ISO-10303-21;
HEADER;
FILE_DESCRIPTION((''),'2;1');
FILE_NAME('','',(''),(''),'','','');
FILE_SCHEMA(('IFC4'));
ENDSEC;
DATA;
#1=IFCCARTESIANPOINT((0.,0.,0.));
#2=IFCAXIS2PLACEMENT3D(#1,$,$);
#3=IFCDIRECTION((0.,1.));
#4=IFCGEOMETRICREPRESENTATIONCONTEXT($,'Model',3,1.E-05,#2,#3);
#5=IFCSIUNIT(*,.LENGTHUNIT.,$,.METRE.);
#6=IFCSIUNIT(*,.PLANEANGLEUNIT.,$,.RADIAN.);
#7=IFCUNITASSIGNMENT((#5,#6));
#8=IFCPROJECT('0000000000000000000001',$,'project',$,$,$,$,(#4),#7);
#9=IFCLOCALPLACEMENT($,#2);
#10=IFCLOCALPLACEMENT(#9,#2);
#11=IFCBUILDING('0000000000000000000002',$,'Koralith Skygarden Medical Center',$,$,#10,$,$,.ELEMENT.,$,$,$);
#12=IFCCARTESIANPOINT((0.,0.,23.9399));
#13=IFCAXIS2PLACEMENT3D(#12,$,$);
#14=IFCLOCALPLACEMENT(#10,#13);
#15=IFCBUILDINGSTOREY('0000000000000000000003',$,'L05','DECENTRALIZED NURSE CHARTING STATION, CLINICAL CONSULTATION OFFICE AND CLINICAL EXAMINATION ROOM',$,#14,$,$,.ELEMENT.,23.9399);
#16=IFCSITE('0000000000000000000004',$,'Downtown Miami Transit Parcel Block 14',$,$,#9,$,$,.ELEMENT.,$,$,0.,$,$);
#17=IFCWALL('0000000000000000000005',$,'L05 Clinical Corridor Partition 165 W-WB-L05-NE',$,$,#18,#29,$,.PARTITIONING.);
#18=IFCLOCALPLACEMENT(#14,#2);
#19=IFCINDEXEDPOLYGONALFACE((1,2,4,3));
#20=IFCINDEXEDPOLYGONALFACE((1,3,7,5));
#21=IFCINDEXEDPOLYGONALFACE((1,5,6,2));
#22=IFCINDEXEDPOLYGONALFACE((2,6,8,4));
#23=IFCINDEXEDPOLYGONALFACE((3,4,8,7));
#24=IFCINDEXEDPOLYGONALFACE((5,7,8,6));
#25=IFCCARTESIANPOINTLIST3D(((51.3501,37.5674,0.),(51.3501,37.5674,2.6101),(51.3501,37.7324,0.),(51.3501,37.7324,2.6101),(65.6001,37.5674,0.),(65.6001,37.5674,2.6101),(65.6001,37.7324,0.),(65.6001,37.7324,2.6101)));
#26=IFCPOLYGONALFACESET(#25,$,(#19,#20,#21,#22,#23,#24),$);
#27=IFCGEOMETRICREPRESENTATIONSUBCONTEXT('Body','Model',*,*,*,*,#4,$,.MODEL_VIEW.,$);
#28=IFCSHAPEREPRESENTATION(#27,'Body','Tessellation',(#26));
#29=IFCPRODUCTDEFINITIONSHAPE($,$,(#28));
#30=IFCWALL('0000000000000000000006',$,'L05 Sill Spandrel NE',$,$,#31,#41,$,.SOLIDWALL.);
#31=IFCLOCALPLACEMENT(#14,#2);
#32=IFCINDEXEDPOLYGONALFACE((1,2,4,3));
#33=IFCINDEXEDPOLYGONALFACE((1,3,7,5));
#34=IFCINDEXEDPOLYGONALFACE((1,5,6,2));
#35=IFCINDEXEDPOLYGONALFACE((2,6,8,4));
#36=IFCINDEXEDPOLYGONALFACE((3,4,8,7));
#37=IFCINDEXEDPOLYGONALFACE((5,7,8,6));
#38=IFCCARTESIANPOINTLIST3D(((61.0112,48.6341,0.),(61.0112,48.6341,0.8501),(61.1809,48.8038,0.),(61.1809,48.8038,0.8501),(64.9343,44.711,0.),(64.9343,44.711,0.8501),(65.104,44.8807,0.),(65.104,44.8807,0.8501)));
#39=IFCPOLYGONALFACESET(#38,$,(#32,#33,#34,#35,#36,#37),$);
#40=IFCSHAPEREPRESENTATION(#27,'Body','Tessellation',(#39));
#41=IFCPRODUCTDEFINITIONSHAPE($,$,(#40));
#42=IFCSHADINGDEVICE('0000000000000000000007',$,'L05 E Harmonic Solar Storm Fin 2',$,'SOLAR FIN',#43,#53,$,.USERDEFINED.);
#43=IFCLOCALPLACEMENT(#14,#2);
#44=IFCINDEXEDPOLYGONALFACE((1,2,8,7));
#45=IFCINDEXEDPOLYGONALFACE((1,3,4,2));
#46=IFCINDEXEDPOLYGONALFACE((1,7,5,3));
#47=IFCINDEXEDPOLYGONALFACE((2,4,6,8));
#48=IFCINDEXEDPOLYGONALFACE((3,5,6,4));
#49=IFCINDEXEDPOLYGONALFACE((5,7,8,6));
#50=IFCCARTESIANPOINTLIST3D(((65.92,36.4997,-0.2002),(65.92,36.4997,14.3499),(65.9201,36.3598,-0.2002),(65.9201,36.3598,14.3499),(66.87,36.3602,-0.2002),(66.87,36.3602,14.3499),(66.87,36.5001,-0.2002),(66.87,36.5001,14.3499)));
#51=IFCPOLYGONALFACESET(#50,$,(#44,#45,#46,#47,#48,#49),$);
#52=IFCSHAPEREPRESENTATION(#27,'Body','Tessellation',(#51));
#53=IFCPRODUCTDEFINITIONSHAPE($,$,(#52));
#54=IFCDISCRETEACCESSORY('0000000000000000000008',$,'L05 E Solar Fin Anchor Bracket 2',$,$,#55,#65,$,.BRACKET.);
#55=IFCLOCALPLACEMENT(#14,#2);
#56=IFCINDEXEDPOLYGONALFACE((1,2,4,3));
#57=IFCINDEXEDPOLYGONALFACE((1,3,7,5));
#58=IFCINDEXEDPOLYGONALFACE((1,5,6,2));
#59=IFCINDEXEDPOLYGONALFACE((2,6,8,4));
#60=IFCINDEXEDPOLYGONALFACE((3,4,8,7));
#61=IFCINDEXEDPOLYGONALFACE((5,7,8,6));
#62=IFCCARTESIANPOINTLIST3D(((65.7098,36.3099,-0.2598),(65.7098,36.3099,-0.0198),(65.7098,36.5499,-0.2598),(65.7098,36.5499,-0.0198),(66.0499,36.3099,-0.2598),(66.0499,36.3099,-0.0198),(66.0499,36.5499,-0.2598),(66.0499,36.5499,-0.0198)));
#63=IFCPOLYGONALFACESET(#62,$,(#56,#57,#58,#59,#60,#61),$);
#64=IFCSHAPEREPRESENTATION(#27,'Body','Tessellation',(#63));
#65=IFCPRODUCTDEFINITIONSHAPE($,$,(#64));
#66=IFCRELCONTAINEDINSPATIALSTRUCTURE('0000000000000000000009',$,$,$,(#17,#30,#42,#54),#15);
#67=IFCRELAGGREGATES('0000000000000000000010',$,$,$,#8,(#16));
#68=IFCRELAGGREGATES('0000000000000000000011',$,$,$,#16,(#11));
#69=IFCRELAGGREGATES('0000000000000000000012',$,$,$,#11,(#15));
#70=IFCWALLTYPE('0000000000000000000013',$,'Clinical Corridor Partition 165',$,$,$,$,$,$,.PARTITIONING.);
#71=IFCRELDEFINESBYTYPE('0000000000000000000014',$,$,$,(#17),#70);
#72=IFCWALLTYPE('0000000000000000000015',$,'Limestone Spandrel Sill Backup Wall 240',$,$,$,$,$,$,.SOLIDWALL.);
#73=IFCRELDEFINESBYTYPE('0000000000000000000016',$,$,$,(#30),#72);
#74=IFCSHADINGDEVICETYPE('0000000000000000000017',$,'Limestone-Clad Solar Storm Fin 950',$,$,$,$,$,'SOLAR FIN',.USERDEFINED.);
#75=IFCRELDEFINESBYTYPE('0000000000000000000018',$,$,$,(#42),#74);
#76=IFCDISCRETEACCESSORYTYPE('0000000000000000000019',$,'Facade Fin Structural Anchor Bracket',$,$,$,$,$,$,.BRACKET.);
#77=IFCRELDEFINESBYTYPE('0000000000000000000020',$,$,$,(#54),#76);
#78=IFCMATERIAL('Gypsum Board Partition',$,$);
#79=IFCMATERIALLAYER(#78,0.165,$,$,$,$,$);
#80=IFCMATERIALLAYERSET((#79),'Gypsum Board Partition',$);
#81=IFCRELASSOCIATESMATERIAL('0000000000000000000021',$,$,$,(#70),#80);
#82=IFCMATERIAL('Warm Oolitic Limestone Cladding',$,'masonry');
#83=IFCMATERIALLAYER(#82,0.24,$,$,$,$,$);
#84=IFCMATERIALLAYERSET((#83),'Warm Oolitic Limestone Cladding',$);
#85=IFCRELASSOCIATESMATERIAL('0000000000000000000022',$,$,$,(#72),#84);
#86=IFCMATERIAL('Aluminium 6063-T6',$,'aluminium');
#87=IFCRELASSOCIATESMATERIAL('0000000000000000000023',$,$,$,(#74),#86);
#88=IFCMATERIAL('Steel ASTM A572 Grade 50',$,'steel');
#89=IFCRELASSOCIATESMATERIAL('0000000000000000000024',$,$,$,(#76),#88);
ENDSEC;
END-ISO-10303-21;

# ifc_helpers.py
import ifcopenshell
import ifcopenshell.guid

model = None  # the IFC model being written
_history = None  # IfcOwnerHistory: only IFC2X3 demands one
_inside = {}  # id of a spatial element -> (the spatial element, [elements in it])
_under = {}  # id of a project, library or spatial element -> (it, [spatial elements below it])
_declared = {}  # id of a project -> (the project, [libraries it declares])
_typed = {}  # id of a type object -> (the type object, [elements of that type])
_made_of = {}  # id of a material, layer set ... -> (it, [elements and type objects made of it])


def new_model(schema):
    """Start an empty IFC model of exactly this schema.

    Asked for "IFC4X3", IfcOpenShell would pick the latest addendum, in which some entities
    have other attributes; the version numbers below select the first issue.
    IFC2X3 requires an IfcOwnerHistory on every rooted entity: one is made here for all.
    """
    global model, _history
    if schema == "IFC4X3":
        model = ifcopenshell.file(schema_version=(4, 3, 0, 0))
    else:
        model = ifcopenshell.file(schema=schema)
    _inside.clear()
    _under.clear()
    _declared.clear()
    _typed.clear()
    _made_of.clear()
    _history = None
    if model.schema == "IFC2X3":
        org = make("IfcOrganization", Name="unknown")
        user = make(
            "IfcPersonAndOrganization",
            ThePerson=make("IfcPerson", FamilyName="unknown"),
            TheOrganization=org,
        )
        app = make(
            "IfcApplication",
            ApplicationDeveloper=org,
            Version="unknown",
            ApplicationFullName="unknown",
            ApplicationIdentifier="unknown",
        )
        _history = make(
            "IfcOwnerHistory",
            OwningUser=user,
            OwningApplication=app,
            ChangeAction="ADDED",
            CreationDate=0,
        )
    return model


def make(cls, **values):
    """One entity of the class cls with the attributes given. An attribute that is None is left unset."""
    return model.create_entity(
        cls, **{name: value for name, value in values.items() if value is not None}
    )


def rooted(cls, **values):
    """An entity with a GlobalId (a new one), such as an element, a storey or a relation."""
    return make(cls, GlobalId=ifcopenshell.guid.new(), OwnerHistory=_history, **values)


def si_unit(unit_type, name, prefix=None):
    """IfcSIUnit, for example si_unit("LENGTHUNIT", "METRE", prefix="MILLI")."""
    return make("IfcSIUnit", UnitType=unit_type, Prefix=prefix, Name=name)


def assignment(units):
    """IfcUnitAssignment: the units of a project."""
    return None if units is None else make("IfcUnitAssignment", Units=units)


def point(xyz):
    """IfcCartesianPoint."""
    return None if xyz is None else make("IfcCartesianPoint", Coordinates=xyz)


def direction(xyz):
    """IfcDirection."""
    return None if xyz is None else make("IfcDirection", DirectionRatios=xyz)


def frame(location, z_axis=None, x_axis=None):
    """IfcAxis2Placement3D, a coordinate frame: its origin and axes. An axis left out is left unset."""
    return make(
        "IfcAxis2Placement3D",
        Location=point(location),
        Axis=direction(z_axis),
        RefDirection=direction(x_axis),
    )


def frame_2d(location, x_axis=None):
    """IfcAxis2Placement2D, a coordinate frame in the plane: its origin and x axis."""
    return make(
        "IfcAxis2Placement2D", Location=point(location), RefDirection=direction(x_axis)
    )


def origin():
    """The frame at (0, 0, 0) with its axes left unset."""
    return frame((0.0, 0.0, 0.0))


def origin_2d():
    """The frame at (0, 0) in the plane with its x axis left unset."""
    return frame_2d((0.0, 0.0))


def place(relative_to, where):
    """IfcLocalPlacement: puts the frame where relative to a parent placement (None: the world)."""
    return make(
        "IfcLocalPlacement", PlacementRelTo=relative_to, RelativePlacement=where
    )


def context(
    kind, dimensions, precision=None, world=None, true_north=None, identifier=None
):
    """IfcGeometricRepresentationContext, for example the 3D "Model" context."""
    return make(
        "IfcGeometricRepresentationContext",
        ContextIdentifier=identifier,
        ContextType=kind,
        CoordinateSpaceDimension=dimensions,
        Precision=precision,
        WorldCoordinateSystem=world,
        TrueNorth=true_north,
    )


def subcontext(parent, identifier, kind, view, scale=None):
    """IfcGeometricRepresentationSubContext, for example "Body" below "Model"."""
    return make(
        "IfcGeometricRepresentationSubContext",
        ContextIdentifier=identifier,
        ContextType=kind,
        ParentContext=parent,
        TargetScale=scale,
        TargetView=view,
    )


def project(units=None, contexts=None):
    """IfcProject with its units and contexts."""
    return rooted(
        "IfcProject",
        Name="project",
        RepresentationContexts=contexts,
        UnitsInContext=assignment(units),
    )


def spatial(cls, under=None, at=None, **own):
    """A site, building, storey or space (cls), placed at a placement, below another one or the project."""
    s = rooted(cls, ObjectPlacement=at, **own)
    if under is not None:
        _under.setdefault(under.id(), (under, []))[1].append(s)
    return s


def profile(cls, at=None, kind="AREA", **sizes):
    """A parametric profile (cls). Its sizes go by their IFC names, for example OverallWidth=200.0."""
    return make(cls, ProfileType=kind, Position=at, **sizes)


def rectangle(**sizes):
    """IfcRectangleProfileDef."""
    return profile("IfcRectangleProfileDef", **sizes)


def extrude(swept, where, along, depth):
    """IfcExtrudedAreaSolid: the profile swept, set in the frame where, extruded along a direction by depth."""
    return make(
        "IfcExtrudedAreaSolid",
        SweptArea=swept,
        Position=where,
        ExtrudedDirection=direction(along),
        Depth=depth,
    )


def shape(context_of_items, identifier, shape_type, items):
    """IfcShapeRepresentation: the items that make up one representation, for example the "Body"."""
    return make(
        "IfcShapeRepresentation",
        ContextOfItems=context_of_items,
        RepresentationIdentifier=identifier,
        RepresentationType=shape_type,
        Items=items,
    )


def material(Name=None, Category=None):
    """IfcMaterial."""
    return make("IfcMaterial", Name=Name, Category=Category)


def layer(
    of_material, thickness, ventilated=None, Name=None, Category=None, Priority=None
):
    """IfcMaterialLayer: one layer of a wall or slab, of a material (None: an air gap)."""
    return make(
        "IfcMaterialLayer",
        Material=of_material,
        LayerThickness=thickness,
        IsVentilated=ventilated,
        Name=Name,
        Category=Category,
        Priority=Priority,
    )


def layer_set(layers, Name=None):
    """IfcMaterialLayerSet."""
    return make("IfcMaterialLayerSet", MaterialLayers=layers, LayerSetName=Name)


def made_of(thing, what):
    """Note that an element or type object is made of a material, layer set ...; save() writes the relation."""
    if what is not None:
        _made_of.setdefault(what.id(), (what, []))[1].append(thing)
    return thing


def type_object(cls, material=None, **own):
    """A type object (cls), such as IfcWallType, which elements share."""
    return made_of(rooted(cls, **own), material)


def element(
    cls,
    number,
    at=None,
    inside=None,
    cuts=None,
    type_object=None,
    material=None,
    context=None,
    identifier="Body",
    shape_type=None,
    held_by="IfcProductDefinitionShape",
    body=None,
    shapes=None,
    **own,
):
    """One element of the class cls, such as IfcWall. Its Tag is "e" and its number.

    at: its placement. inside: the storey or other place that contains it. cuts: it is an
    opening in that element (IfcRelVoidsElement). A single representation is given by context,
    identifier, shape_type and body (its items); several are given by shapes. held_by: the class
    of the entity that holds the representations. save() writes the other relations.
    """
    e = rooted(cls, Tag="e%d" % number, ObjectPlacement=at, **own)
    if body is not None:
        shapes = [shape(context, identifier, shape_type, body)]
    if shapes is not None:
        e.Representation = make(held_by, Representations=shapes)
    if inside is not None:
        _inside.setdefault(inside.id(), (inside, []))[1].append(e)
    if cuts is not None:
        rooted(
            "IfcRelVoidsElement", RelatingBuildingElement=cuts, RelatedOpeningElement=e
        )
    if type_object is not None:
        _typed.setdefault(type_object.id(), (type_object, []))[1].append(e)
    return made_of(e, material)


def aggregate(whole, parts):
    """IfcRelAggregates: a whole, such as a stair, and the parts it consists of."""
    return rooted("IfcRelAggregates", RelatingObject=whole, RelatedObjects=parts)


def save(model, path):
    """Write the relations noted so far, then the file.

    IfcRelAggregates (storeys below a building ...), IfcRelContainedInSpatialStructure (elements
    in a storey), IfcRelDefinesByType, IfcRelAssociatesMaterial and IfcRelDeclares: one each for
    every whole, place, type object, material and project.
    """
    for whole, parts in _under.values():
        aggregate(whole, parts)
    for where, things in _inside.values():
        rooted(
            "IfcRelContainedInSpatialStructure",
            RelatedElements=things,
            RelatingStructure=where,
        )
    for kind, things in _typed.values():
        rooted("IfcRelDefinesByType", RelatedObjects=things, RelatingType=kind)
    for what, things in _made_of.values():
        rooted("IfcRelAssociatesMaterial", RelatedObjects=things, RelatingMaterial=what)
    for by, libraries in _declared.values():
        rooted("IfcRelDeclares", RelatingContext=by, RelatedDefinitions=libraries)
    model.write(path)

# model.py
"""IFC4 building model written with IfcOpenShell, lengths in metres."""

from ifc_helpers import new_model, si_unit, direction, frame, frame_2d, origin, origin_2d, place, context, subcontext, project, spatial, rectangle, extrude, material, layer, layer_set, type_object, element, save


model = new_model("IFC4")

# Units and contexts
model_context = context("Model", 3, precision=1e-05, world=origin(), true_north=direction((0.0, 1.0)))
body_context = subcontext(model_context, "Body", "Model", "MODEL_VIEW")
ifc_project = project(units=[si_unit("LENGTHUNIT", "METRE"), si_unit("PLANEANGLEUNIT", "RADIAN")], contexts=[model_context])

# Site, building, storey
site_placement = place(None, origin())
site = spatial("IfcSite", under=ifc_project, at=site_placement, Name="Downtown Miami Transit Parcel Block 14", CompositionType="ELEMENT", RefElevation=0.0)
building_placement = place(site_placement, origin())
building = spatial("IfcBuilding", under=site, at=building_placement, Name="Koralith Skygarden Medical Center", CompositionType="ELEMENT")
storey_placement = place(building_placement, frame((0.0, 0.0, 23.9399)))
storey = spatial("IfcBuildingStorey", under=building, at=storey_placement, Name="L05", Description="DECENTRALIZED NURSE CHARTING STATION, CLINICAL CONSULTATION OFFICE AND CLINICAL EXAMINATION ROOM", CompositionType="ELEMENT", Elevation=23.9399)

# Shared definitions
ifc_material_1 = material(Name="Aluminium 6063-T6", Category="aluminium")

# Shared definitions
ifc_material_2 = material(Name="Warm Oolitic Limestone Cladding", Category="masonry")

# Wall
ifc_material_3 = material(Name="Gypsum Board Partition")
ifc_layer_1 = layer(ifc_material_3, 0.165)
ifc_layer_set_1 = layer_set([ifc_layer_1], Name="Gypsum Board Partition")
wall_type_1 = type_object("IfcWallType", Name="Clinical Corridor Partition 165", PredefinedType="PARTITIONING", material=ifc_layer_set_1)
wall_1_placement = place(storey_placement, frame((51.3501, 37.6499, 0.0), z_axis=(0.0, 0.0, 1.0), x_axis=(1.0, 0.0, 0.0)))
element("IfcWall", 1, at=wall_1_placement, inside=storey, type_object=wall_type_1, Name="L05 Clinical Corridor Partition 165 W-WB-L05-NE", PredefinedType="PARTITIONING", context=body_context, shape_type="SweptSolid", body=[
    extrude(rectangle(XDim=14.25, YDim=0.165, at=frame_2d((7.125, 0.0))), origin(), (0.0, 0.0, 1.0), 2.6101),
])

# Wall
ifc_layer_2 = layer(ifc_material_2, 0.24)
ifc_layer_set_2 = layer_set([ifc_layer_2], Name="Warm Oolitic Limestone Cladding")
wall_type_2 = type_object("IfcWallType", Name="Limestone Spandrel Sill Backup Wall 240", PredefinedType="SOLIDWALL", material=ifc_layer_set_2)
wall_2_placement = place(storey_placement, frame((65.019, 44.7959, 0.0), z_axis=(0.0, 0.0, 1.0), x_axis=(-0.707107, 0.707107, 0.0)))
element("IfcWall", 2, at=wall_2_placement, inside=storey, type_object=wall_type_2, Name="L05 Sill Spandrel NE", PredefinedType="SOLIDWALL", context=body_context, shape_type="SweptSolid", body=[
    extrude(rectangle(XDim=5.5481, YDim=0.24, at=frame_2d((2.7739, 0.0))), origin(), (0.0, 0.0, 1.0), 0.8501),
])

# Shading device
shading_device_type = type_object("IfcShadingDeviceType", Name="Limestone-Clad Solar Storm Fin 950", ElementType="SOLAR FIN", PredefinedType="USERDEFINED", material=ifc_material_1)
shading_device_placement = place(storey_placement, frame((66.395, 36.4299, -0.2002), z_axis=(0.0, 0.0, 1.0), x_axis=(1.0, 0.000384, 0.0)))
element("IfcShadingDevice", 3, at=shading_device_placement, inside=storey, type_object=shading_device_type, Name="L05 E Harmonic Solar Storm Fin 2", ObjectType="SOLAR FIN", PredefinedType="USERDEFINED", context=body_context, shape_type="SweptSolid", body=[
    extrude(rectangle(XDim=0.95, YDim=0.1399, at=origin_2d()), origin(), (0.0, 0.0, 1.0), 14.55),
])

# Discrete accessory
ifc_material_4 = material(Name="Steel ASTM A572 Grade 50", Category="steel")
discrete_accessory_type = type_object("IfcDiscreteAccessoryType", Name="Facade Fin Structural Anchor Bracket", PredefinedType="BRACKET", material=ifc_material_4)
discrete_accessory_placement = place(storey_placement, frame((65.8799, 36.4299, -0.2598), z_axis=(0.0, 0.0, 1.0), x_axis=(1.0, 0.0, 0.0)))
element("IfcDiscreteAccessory", 4, at=discrete_accessory_placement, inside=storey, type_object=discrete_accessory_type, Name="L05 E Solar Fin Anchor Bracket 2", PredefinedType="BRACKET", context=body_context, shape_type="SweptSolid", body=[
    extrude(rectangle(XDim=0.3401, YDim=0.24, at=origin_2d()), origin(), (0.0, 0.0, 1.0), 0.24),
])

save(model, "model.ifc")
